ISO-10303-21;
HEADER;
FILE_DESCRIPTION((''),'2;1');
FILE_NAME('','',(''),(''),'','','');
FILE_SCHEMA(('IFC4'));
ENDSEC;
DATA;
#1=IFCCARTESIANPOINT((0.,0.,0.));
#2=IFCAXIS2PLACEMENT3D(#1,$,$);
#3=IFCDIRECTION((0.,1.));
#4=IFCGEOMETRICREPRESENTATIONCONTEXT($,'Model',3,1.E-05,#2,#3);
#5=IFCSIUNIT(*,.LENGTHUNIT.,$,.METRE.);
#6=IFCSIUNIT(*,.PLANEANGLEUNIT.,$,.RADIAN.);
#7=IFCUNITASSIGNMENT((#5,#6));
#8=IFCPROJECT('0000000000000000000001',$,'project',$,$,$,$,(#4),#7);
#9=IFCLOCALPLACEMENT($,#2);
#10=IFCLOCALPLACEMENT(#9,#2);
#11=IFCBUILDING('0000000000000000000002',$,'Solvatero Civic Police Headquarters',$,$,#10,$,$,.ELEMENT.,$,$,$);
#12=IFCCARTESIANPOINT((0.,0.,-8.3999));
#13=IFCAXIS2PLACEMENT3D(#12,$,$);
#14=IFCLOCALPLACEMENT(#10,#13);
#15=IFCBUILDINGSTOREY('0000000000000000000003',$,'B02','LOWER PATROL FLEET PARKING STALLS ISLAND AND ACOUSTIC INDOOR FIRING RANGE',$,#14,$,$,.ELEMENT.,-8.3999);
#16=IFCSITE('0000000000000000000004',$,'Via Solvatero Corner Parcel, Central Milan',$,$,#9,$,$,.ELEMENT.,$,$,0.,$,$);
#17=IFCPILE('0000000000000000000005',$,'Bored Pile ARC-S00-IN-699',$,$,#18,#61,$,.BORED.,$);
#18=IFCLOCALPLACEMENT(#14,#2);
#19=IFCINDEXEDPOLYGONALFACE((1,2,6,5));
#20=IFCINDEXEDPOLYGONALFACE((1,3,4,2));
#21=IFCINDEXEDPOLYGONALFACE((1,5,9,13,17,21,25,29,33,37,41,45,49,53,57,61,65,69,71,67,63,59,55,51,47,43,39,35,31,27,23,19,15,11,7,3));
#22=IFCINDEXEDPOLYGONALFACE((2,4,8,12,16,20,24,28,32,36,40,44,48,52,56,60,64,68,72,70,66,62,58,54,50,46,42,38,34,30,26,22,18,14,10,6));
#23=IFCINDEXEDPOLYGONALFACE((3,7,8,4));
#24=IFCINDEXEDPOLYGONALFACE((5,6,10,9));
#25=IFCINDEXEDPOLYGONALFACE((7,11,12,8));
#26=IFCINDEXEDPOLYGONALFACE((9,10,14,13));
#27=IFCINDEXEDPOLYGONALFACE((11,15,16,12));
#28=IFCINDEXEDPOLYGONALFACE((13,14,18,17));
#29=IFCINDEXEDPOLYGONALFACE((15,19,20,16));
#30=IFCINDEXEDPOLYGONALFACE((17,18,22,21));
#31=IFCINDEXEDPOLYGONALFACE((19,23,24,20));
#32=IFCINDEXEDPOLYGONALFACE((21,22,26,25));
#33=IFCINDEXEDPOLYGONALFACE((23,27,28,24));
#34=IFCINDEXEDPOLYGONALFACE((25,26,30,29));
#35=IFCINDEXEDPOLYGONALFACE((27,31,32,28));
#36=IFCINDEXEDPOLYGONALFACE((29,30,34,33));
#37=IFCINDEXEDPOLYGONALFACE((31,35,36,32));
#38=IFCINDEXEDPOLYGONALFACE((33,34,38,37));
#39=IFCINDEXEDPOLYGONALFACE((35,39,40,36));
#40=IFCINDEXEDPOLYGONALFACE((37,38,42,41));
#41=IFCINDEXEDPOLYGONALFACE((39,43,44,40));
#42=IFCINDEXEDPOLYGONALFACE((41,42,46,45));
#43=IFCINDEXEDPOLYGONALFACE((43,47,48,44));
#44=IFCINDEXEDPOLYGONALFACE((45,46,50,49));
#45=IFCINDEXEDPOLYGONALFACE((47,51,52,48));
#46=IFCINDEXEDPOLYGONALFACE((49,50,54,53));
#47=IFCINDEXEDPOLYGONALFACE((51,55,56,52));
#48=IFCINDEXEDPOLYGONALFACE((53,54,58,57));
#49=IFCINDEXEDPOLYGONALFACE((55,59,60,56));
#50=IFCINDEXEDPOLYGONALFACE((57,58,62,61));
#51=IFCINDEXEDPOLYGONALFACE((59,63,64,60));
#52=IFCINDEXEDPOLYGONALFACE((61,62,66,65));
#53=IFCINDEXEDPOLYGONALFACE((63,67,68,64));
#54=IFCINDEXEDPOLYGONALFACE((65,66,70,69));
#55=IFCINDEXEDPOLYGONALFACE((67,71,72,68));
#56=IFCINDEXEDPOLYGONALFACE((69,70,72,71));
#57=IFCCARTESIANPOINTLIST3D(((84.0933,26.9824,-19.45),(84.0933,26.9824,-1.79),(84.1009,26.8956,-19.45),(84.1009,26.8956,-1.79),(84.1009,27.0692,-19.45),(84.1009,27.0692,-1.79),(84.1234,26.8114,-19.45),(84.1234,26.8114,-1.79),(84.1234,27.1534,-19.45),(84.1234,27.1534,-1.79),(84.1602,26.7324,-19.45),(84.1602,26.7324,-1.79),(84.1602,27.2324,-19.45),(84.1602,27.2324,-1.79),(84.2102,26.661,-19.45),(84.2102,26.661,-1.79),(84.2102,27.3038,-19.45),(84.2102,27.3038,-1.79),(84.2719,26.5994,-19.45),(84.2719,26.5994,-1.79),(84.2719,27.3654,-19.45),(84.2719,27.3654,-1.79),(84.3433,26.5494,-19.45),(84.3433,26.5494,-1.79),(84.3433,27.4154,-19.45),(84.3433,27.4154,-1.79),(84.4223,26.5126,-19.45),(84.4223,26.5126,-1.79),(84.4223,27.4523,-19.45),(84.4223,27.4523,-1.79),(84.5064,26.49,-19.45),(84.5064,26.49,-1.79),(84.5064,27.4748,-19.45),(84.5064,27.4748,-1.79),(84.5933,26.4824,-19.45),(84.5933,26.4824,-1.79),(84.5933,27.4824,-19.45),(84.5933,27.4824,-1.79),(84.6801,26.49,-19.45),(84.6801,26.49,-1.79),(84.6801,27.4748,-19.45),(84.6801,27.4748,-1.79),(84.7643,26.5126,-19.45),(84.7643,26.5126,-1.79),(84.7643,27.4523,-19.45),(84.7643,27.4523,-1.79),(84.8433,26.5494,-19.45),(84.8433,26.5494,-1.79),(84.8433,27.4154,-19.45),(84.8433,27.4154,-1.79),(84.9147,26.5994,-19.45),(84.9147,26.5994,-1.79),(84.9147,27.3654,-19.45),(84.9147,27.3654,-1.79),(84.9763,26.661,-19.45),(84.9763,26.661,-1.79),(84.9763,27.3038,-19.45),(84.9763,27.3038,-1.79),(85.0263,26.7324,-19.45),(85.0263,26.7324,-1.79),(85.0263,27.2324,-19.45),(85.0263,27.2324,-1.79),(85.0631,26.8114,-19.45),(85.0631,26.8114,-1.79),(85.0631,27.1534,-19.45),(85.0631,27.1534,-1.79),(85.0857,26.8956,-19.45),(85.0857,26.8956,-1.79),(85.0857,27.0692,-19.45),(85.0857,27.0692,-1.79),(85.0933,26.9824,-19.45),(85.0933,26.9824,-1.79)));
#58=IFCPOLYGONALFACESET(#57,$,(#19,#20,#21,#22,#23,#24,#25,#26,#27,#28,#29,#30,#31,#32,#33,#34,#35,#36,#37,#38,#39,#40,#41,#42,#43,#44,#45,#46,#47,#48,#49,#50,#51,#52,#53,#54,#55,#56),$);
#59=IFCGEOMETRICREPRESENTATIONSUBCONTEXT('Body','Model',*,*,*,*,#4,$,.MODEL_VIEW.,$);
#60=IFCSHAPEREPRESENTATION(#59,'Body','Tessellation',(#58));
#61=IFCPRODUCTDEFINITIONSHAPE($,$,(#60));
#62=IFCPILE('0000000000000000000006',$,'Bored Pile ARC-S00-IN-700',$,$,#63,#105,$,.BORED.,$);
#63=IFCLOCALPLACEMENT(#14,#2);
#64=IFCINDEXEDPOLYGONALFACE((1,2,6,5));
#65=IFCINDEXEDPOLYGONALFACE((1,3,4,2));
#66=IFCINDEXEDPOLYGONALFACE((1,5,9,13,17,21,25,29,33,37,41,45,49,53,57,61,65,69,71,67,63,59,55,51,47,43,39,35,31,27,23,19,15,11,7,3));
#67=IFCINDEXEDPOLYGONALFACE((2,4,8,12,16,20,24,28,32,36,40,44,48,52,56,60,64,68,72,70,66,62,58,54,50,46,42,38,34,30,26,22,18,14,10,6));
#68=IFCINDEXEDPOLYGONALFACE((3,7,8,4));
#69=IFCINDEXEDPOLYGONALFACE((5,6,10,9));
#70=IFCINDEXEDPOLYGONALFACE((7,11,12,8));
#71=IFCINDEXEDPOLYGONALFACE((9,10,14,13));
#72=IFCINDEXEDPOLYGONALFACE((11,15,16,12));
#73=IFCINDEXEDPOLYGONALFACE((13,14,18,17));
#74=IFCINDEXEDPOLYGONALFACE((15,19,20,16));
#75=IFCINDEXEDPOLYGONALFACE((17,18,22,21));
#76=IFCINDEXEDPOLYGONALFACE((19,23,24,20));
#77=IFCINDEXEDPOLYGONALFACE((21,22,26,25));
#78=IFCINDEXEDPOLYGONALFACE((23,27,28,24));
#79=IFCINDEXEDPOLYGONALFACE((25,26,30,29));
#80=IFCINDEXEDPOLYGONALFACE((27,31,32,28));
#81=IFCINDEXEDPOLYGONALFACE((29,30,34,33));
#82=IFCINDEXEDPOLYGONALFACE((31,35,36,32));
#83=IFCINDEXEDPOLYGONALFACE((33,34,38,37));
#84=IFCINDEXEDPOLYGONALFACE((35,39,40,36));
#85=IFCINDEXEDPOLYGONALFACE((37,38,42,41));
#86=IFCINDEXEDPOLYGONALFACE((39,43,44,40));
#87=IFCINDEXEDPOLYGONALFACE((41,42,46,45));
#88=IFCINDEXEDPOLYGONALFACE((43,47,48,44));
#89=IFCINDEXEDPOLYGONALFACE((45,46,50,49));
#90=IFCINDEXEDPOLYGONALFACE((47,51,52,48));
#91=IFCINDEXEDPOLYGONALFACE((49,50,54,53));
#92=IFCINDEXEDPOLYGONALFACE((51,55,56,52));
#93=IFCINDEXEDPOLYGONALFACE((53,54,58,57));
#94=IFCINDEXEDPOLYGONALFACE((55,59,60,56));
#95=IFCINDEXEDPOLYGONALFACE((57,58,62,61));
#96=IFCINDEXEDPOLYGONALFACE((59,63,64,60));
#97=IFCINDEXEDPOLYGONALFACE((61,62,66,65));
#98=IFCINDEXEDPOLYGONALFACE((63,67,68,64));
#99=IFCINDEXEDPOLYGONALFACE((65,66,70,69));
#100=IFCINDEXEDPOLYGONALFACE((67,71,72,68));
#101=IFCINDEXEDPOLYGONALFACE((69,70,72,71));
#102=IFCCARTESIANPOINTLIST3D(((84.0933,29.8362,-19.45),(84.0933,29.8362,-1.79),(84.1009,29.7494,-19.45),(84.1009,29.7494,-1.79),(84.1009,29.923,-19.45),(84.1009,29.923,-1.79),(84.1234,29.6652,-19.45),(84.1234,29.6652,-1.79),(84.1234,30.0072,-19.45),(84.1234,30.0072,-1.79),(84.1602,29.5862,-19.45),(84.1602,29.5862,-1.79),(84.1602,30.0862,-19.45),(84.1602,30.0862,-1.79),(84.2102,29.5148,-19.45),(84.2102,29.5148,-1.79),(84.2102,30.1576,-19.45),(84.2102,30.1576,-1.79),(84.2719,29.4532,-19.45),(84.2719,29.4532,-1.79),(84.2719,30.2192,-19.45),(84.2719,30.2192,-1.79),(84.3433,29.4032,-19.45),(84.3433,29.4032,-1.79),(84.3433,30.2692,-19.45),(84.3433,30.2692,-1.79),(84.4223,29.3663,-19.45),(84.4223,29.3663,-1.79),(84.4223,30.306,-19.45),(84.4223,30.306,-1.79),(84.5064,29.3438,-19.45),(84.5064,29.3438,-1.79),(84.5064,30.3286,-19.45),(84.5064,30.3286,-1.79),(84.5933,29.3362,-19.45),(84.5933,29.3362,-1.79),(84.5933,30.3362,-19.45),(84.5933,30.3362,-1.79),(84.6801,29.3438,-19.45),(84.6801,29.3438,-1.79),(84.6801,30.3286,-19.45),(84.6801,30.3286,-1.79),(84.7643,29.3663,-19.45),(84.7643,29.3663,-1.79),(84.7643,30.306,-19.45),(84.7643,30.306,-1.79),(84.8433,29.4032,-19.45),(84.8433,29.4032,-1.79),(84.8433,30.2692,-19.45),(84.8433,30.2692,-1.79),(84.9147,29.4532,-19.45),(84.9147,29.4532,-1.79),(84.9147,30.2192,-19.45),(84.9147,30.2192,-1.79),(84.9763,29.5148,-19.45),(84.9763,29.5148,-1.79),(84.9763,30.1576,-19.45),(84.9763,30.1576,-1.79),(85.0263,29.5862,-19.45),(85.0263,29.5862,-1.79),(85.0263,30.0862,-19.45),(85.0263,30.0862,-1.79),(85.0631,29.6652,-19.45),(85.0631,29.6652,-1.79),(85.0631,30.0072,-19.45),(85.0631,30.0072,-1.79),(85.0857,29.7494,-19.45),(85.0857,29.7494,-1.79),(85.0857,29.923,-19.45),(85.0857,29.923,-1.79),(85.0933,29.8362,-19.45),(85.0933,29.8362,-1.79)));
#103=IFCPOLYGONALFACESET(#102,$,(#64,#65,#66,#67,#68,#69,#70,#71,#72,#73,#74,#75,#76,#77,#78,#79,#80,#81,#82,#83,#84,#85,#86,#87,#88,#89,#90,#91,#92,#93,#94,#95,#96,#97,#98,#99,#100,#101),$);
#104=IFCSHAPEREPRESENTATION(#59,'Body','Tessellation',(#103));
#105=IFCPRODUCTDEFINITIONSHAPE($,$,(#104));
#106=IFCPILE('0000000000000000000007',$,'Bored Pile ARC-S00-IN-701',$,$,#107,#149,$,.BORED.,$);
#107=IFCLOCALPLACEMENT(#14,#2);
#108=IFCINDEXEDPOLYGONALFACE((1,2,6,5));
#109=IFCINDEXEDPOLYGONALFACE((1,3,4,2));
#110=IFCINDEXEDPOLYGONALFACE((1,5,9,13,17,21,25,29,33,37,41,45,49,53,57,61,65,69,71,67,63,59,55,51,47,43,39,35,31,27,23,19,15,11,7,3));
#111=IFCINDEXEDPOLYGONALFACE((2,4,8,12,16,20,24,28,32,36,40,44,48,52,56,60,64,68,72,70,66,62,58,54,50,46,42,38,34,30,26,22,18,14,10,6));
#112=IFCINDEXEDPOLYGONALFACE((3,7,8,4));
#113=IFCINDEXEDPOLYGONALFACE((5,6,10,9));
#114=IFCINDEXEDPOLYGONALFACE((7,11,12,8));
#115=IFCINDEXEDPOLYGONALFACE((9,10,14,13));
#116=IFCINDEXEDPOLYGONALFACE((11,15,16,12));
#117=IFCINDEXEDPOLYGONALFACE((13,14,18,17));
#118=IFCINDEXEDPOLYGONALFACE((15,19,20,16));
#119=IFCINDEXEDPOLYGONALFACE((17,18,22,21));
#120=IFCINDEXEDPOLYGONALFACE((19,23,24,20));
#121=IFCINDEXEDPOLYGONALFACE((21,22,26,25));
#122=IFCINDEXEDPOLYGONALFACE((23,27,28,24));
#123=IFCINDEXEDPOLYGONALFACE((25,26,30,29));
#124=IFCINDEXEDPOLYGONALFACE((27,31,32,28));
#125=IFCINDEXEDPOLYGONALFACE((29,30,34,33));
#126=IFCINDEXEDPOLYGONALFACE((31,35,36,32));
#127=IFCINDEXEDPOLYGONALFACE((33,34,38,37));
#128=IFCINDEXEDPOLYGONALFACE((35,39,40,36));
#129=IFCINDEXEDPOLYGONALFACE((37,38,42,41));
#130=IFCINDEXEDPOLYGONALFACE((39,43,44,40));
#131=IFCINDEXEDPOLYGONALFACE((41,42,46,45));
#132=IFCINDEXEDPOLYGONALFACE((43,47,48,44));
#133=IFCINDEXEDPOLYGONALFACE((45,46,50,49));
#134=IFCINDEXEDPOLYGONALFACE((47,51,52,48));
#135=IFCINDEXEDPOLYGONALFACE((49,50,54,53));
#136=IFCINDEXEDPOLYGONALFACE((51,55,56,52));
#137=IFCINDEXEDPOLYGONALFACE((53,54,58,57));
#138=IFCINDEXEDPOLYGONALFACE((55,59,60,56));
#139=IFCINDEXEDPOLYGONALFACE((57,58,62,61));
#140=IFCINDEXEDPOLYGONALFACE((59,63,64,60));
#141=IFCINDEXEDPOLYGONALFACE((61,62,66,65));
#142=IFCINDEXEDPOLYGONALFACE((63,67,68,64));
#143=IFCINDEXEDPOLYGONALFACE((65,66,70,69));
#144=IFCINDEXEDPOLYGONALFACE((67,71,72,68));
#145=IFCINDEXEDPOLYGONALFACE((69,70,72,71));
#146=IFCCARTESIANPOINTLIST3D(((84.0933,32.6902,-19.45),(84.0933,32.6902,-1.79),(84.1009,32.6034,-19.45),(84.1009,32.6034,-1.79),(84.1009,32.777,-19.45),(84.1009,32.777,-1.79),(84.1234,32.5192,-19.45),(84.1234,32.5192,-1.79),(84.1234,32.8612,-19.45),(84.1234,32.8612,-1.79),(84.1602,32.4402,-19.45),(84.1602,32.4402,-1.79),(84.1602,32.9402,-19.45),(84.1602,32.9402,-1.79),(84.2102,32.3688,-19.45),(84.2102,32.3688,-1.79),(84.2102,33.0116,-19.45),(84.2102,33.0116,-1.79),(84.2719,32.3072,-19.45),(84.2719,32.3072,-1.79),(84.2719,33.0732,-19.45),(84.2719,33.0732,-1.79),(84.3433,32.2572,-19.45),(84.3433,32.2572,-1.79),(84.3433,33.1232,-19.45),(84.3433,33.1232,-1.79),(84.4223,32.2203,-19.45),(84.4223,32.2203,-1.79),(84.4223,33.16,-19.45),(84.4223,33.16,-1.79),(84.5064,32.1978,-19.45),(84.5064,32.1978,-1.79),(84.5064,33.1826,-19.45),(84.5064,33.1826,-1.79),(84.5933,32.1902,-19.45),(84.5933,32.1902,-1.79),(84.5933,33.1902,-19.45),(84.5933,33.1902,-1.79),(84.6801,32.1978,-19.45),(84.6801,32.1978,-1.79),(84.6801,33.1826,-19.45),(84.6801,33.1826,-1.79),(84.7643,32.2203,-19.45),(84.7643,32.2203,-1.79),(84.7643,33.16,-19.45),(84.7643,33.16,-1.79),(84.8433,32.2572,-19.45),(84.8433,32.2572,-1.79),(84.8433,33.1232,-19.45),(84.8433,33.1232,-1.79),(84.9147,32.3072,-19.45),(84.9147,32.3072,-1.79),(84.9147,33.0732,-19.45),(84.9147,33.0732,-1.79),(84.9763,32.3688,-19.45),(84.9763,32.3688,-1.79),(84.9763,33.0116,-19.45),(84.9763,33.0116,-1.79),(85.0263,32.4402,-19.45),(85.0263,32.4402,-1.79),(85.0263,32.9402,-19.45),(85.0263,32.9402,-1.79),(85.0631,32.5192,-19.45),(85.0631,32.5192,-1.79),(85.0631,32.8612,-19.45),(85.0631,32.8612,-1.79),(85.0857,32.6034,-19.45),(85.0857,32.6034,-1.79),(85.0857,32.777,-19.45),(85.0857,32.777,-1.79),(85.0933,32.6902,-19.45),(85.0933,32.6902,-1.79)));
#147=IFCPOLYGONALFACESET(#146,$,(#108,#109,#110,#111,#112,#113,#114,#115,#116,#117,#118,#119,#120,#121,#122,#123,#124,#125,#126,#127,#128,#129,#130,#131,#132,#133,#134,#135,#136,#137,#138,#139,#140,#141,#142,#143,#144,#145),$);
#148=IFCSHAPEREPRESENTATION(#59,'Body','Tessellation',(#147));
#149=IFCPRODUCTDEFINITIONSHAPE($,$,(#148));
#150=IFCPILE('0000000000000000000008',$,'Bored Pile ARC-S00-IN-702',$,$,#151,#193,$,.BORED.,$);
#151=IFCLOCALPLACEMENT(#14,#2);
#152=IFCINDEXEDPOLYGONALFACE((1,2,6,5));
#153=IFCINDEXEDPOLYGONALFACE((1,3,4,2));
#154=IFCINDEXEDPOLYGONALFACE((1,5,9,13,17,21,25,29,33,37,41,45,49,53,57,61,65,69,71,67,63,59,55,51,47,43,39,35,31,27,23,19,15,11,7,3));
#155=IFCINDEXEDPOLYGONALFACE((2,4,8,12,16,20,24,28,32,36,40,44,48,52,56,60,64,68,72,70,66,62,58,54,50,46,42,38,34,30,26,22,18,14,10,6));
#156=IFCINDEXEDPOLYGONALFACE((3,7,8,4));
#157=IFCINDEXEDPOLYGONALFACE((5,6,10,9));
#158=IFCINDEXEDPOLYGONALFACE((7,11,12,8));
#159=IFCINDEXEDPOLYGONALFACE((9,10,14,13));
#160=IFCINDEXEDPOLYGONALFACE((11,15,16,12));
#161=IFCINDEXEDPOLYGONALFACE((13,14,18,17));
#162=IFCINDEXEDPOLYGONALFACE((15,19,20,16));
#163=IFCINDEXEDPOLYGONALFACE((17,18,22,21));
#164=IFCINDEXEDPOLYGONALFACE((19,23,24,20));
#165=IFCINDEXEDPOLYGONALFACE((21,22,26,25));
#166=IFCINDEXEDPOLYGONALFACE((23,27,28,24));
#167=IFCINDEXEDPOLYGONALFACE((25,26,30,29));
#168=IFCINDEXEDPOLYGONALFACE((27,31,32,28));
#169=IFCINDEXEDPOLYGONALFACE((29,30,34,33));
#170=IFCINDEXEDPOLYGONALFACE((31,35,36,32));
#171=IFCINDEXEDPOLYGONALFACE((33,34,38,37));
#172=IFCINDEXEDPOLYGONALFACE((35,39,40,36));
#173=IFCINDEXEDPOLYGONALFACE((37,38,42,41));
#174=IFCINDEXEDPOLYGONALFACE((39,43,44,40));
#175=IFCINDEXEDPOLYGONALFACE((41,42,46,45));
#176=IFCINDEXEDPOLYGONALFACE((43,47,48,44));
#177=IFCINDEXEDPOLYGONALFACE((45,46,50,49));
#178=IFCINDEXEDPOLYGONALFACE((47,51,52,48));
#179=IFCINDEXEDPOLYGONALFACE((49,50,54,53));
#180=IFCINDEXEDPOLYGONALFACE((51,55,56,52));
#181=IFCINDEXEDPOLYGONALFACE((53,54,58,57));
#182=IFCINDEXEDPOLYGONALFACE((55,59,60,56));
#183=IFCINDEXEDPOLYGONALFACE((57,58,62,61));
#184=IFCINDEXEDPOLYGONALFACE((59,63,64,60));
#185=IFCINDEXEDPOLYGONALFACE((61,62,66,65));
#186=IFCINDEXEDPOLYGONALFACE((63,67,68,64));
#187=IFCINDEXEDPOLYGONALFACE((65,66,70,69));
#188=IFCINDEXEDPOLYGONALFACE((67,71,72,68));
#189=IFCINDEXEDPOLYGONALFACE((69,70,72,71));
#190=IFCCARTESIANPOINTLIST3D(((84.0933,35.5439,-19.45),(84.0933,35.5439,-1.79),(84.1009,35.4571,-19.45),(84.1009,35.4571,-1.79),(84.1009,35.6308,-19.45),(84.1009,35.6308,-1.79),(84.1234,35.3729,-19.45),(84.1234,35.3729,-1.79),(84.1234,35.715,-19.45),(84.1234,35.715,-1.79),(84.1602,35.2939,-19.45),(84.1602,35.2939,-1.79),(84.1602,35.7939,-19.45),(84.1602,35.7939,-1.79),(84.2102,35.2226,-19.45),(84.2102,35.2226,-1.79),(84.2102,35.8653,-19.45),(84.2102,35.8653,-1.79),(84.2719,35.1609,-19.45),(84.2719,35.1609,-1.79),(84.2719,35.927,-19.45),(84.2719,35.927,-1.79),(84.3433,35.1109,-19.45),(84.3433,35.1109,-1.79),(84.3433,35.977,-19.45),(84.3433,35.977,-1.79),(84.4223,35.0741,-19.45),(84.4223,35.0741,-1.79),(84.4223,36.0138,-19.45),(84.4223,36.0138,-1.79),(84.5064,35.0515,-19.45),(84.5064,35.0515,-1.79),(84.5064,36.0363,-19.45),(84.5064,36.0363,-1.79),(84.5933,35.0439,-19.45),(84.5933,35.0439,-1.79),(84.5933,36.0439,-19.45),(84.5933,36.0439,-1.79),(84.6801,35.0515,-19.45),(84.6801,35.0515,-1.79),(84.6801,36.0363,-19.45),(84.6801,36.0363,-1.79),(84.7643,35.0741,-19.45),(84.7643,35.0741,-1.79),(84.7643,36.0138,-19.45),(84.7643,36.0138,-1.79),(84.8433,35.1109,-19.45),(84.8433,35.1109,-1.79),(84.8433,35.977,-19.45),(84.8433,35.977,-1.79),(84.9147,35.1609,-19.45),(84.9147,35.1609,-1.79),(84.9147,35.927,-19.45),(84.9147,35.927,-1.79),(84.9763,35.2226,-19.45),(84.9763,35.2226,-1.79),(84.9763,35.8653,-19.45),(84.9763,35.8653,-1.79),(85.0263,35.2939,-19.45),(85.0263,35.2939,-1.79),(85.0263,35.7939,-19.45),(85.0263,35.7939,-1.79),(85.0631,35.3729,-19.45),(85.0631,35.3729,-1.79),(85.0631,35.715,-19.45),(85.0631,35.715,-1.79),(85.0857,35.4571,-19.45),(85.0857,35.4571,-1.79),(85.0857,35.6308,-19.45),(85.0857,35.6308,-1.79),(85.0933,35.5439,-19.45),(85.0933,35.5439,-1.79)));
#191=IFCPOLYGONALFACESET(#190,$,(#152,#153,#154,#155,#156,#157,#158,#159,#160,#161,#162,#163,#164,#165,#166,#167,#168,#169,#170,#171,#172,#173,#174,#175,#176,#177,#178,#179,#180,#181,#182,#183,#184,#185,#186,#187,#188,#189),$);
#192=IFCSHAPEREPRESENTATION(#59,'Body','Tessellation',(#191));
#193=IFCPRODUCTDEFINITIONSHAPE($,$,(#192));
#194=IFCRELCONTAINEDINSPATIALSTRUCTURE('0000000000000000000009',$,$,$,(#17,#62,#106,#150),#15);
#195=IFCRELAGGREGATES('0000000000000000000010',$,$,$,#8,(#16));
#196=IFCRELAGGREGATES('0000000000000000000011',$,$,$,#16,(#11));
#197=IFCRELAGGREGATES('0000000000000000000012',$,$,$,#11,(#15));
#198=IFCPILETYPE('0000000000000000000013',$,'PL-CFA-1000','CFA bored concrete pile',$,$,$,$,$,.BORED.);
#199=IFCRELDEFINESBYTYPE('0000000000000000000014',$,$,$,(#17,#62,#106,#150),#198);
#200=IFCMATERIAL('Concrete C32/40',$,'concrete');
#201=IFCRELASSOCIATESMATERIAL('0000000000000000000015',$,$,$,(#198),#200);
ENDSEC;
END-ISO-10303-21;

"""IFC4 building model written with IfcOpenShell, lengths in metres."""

from ifc_helpers import new_model, si_unit, direction, frame, origin, origin_2d, place, context, subcontext, project, spatial, circle, extrude, material, material_profile, profile_set, type_object, element, save


model = new_model("IFC4")

# Units and contexts
model_context = context("Model", 3, precision=1e-05, world=origin(), true_north=direction((0.0, 1.0)))
body_context = subcontext(model_context, "Body", "Model", "MODEL_VIEW")
ifc_project = project(units=[si_unit("LENGTHUNIT", "METRE"), si_unit("PLANEANGLEUNIT", "RADIAN")], contexts=[model_context])

# Site, building, storey
site_placement = place(None, origin())
site = spatial("IfcSite", under=ifc_project, at=site_placement, Name="Via Solvatero Corner Parcel, Central Milan", CompositionType="ELEMENT", RefElevation=0.0)
building_placement = place(site_placement, origin())
building = spatial("IfcBuilding", under=site, at=building_placement, Name="Solvatero Civic Police Headquarters", CompositionType="ELEMENT")
storey_placement = place(building_placement, frame((0.0, 0.0, -8.3999)))
storey = spatial("IfcBuildingStorey", under=building, at=storey_placement, Name="B02", Description="LOWER PATROL FLEET PARKING STALLS ISLAND AND ACOUSTIC INDOOR FIRING RANGE", CompositionType="ELEMENT", Elevation=-8.3999)

# Piles
ifc_material_1 = material(Name="Concrete C32/40", Category="concrete")
ifc_material_profile_1 = material_profile(ifc_material_1, circle(Radius=0.5, at=origin_2d()), Name="CFA PILE D1000")
ifc_profile_set_1 = profile_set([ifc_material_profile_1], Name="Concrete C32/40")
pile_type = type_object("IfcPileType", Name="PL-CFA-1000", Description="CFA bored concrete pile", PredefinedType="BORED", material=ifc_profile_set_1)
for number, where, z_axis, x_axis, name in (
    (1, (84.5933, 26.9824, -1.79), (0.0, 0.0, -1.0), (1.0, 0.0, 0.0), "Bored Pile ARC-S00-IN-699"),
    (2, (84.5933, 29.8362, -1.79), (0.0, 0.0, -1.0), (1.0, 0.0, 0.0), "Bored Pile ARC-S00-IN-700"),
    (3, (84.5933, 32.6902, -1.79), (0.0, 0.0, -1.0), (1.0, 0.0, 0.0), "Bored Pile ARC-S00-IN-701"),
    (4, (84.5933, 35.5439, -1.79), (0.0, 0.0, -1.0), (1.0, 0.0, 0.0), "Bored Pile ARC-S00-IN-702"),
):
    element("IfcPile", number, at=place(storey_placement, frame(where, z_axis=z_axis, x_axis=x_axis)), inside=storey, type_object=pile_type, Name=name, PredefinedType="BORED", context=body_context, shape_type="SweptSolid", body=[
        extrude(circle(Radius=0.5, at=origin_2d()), origin(), (0.0, 0.0, 1.0), 17.6599),
    ])

save(model, "model.ifc")
